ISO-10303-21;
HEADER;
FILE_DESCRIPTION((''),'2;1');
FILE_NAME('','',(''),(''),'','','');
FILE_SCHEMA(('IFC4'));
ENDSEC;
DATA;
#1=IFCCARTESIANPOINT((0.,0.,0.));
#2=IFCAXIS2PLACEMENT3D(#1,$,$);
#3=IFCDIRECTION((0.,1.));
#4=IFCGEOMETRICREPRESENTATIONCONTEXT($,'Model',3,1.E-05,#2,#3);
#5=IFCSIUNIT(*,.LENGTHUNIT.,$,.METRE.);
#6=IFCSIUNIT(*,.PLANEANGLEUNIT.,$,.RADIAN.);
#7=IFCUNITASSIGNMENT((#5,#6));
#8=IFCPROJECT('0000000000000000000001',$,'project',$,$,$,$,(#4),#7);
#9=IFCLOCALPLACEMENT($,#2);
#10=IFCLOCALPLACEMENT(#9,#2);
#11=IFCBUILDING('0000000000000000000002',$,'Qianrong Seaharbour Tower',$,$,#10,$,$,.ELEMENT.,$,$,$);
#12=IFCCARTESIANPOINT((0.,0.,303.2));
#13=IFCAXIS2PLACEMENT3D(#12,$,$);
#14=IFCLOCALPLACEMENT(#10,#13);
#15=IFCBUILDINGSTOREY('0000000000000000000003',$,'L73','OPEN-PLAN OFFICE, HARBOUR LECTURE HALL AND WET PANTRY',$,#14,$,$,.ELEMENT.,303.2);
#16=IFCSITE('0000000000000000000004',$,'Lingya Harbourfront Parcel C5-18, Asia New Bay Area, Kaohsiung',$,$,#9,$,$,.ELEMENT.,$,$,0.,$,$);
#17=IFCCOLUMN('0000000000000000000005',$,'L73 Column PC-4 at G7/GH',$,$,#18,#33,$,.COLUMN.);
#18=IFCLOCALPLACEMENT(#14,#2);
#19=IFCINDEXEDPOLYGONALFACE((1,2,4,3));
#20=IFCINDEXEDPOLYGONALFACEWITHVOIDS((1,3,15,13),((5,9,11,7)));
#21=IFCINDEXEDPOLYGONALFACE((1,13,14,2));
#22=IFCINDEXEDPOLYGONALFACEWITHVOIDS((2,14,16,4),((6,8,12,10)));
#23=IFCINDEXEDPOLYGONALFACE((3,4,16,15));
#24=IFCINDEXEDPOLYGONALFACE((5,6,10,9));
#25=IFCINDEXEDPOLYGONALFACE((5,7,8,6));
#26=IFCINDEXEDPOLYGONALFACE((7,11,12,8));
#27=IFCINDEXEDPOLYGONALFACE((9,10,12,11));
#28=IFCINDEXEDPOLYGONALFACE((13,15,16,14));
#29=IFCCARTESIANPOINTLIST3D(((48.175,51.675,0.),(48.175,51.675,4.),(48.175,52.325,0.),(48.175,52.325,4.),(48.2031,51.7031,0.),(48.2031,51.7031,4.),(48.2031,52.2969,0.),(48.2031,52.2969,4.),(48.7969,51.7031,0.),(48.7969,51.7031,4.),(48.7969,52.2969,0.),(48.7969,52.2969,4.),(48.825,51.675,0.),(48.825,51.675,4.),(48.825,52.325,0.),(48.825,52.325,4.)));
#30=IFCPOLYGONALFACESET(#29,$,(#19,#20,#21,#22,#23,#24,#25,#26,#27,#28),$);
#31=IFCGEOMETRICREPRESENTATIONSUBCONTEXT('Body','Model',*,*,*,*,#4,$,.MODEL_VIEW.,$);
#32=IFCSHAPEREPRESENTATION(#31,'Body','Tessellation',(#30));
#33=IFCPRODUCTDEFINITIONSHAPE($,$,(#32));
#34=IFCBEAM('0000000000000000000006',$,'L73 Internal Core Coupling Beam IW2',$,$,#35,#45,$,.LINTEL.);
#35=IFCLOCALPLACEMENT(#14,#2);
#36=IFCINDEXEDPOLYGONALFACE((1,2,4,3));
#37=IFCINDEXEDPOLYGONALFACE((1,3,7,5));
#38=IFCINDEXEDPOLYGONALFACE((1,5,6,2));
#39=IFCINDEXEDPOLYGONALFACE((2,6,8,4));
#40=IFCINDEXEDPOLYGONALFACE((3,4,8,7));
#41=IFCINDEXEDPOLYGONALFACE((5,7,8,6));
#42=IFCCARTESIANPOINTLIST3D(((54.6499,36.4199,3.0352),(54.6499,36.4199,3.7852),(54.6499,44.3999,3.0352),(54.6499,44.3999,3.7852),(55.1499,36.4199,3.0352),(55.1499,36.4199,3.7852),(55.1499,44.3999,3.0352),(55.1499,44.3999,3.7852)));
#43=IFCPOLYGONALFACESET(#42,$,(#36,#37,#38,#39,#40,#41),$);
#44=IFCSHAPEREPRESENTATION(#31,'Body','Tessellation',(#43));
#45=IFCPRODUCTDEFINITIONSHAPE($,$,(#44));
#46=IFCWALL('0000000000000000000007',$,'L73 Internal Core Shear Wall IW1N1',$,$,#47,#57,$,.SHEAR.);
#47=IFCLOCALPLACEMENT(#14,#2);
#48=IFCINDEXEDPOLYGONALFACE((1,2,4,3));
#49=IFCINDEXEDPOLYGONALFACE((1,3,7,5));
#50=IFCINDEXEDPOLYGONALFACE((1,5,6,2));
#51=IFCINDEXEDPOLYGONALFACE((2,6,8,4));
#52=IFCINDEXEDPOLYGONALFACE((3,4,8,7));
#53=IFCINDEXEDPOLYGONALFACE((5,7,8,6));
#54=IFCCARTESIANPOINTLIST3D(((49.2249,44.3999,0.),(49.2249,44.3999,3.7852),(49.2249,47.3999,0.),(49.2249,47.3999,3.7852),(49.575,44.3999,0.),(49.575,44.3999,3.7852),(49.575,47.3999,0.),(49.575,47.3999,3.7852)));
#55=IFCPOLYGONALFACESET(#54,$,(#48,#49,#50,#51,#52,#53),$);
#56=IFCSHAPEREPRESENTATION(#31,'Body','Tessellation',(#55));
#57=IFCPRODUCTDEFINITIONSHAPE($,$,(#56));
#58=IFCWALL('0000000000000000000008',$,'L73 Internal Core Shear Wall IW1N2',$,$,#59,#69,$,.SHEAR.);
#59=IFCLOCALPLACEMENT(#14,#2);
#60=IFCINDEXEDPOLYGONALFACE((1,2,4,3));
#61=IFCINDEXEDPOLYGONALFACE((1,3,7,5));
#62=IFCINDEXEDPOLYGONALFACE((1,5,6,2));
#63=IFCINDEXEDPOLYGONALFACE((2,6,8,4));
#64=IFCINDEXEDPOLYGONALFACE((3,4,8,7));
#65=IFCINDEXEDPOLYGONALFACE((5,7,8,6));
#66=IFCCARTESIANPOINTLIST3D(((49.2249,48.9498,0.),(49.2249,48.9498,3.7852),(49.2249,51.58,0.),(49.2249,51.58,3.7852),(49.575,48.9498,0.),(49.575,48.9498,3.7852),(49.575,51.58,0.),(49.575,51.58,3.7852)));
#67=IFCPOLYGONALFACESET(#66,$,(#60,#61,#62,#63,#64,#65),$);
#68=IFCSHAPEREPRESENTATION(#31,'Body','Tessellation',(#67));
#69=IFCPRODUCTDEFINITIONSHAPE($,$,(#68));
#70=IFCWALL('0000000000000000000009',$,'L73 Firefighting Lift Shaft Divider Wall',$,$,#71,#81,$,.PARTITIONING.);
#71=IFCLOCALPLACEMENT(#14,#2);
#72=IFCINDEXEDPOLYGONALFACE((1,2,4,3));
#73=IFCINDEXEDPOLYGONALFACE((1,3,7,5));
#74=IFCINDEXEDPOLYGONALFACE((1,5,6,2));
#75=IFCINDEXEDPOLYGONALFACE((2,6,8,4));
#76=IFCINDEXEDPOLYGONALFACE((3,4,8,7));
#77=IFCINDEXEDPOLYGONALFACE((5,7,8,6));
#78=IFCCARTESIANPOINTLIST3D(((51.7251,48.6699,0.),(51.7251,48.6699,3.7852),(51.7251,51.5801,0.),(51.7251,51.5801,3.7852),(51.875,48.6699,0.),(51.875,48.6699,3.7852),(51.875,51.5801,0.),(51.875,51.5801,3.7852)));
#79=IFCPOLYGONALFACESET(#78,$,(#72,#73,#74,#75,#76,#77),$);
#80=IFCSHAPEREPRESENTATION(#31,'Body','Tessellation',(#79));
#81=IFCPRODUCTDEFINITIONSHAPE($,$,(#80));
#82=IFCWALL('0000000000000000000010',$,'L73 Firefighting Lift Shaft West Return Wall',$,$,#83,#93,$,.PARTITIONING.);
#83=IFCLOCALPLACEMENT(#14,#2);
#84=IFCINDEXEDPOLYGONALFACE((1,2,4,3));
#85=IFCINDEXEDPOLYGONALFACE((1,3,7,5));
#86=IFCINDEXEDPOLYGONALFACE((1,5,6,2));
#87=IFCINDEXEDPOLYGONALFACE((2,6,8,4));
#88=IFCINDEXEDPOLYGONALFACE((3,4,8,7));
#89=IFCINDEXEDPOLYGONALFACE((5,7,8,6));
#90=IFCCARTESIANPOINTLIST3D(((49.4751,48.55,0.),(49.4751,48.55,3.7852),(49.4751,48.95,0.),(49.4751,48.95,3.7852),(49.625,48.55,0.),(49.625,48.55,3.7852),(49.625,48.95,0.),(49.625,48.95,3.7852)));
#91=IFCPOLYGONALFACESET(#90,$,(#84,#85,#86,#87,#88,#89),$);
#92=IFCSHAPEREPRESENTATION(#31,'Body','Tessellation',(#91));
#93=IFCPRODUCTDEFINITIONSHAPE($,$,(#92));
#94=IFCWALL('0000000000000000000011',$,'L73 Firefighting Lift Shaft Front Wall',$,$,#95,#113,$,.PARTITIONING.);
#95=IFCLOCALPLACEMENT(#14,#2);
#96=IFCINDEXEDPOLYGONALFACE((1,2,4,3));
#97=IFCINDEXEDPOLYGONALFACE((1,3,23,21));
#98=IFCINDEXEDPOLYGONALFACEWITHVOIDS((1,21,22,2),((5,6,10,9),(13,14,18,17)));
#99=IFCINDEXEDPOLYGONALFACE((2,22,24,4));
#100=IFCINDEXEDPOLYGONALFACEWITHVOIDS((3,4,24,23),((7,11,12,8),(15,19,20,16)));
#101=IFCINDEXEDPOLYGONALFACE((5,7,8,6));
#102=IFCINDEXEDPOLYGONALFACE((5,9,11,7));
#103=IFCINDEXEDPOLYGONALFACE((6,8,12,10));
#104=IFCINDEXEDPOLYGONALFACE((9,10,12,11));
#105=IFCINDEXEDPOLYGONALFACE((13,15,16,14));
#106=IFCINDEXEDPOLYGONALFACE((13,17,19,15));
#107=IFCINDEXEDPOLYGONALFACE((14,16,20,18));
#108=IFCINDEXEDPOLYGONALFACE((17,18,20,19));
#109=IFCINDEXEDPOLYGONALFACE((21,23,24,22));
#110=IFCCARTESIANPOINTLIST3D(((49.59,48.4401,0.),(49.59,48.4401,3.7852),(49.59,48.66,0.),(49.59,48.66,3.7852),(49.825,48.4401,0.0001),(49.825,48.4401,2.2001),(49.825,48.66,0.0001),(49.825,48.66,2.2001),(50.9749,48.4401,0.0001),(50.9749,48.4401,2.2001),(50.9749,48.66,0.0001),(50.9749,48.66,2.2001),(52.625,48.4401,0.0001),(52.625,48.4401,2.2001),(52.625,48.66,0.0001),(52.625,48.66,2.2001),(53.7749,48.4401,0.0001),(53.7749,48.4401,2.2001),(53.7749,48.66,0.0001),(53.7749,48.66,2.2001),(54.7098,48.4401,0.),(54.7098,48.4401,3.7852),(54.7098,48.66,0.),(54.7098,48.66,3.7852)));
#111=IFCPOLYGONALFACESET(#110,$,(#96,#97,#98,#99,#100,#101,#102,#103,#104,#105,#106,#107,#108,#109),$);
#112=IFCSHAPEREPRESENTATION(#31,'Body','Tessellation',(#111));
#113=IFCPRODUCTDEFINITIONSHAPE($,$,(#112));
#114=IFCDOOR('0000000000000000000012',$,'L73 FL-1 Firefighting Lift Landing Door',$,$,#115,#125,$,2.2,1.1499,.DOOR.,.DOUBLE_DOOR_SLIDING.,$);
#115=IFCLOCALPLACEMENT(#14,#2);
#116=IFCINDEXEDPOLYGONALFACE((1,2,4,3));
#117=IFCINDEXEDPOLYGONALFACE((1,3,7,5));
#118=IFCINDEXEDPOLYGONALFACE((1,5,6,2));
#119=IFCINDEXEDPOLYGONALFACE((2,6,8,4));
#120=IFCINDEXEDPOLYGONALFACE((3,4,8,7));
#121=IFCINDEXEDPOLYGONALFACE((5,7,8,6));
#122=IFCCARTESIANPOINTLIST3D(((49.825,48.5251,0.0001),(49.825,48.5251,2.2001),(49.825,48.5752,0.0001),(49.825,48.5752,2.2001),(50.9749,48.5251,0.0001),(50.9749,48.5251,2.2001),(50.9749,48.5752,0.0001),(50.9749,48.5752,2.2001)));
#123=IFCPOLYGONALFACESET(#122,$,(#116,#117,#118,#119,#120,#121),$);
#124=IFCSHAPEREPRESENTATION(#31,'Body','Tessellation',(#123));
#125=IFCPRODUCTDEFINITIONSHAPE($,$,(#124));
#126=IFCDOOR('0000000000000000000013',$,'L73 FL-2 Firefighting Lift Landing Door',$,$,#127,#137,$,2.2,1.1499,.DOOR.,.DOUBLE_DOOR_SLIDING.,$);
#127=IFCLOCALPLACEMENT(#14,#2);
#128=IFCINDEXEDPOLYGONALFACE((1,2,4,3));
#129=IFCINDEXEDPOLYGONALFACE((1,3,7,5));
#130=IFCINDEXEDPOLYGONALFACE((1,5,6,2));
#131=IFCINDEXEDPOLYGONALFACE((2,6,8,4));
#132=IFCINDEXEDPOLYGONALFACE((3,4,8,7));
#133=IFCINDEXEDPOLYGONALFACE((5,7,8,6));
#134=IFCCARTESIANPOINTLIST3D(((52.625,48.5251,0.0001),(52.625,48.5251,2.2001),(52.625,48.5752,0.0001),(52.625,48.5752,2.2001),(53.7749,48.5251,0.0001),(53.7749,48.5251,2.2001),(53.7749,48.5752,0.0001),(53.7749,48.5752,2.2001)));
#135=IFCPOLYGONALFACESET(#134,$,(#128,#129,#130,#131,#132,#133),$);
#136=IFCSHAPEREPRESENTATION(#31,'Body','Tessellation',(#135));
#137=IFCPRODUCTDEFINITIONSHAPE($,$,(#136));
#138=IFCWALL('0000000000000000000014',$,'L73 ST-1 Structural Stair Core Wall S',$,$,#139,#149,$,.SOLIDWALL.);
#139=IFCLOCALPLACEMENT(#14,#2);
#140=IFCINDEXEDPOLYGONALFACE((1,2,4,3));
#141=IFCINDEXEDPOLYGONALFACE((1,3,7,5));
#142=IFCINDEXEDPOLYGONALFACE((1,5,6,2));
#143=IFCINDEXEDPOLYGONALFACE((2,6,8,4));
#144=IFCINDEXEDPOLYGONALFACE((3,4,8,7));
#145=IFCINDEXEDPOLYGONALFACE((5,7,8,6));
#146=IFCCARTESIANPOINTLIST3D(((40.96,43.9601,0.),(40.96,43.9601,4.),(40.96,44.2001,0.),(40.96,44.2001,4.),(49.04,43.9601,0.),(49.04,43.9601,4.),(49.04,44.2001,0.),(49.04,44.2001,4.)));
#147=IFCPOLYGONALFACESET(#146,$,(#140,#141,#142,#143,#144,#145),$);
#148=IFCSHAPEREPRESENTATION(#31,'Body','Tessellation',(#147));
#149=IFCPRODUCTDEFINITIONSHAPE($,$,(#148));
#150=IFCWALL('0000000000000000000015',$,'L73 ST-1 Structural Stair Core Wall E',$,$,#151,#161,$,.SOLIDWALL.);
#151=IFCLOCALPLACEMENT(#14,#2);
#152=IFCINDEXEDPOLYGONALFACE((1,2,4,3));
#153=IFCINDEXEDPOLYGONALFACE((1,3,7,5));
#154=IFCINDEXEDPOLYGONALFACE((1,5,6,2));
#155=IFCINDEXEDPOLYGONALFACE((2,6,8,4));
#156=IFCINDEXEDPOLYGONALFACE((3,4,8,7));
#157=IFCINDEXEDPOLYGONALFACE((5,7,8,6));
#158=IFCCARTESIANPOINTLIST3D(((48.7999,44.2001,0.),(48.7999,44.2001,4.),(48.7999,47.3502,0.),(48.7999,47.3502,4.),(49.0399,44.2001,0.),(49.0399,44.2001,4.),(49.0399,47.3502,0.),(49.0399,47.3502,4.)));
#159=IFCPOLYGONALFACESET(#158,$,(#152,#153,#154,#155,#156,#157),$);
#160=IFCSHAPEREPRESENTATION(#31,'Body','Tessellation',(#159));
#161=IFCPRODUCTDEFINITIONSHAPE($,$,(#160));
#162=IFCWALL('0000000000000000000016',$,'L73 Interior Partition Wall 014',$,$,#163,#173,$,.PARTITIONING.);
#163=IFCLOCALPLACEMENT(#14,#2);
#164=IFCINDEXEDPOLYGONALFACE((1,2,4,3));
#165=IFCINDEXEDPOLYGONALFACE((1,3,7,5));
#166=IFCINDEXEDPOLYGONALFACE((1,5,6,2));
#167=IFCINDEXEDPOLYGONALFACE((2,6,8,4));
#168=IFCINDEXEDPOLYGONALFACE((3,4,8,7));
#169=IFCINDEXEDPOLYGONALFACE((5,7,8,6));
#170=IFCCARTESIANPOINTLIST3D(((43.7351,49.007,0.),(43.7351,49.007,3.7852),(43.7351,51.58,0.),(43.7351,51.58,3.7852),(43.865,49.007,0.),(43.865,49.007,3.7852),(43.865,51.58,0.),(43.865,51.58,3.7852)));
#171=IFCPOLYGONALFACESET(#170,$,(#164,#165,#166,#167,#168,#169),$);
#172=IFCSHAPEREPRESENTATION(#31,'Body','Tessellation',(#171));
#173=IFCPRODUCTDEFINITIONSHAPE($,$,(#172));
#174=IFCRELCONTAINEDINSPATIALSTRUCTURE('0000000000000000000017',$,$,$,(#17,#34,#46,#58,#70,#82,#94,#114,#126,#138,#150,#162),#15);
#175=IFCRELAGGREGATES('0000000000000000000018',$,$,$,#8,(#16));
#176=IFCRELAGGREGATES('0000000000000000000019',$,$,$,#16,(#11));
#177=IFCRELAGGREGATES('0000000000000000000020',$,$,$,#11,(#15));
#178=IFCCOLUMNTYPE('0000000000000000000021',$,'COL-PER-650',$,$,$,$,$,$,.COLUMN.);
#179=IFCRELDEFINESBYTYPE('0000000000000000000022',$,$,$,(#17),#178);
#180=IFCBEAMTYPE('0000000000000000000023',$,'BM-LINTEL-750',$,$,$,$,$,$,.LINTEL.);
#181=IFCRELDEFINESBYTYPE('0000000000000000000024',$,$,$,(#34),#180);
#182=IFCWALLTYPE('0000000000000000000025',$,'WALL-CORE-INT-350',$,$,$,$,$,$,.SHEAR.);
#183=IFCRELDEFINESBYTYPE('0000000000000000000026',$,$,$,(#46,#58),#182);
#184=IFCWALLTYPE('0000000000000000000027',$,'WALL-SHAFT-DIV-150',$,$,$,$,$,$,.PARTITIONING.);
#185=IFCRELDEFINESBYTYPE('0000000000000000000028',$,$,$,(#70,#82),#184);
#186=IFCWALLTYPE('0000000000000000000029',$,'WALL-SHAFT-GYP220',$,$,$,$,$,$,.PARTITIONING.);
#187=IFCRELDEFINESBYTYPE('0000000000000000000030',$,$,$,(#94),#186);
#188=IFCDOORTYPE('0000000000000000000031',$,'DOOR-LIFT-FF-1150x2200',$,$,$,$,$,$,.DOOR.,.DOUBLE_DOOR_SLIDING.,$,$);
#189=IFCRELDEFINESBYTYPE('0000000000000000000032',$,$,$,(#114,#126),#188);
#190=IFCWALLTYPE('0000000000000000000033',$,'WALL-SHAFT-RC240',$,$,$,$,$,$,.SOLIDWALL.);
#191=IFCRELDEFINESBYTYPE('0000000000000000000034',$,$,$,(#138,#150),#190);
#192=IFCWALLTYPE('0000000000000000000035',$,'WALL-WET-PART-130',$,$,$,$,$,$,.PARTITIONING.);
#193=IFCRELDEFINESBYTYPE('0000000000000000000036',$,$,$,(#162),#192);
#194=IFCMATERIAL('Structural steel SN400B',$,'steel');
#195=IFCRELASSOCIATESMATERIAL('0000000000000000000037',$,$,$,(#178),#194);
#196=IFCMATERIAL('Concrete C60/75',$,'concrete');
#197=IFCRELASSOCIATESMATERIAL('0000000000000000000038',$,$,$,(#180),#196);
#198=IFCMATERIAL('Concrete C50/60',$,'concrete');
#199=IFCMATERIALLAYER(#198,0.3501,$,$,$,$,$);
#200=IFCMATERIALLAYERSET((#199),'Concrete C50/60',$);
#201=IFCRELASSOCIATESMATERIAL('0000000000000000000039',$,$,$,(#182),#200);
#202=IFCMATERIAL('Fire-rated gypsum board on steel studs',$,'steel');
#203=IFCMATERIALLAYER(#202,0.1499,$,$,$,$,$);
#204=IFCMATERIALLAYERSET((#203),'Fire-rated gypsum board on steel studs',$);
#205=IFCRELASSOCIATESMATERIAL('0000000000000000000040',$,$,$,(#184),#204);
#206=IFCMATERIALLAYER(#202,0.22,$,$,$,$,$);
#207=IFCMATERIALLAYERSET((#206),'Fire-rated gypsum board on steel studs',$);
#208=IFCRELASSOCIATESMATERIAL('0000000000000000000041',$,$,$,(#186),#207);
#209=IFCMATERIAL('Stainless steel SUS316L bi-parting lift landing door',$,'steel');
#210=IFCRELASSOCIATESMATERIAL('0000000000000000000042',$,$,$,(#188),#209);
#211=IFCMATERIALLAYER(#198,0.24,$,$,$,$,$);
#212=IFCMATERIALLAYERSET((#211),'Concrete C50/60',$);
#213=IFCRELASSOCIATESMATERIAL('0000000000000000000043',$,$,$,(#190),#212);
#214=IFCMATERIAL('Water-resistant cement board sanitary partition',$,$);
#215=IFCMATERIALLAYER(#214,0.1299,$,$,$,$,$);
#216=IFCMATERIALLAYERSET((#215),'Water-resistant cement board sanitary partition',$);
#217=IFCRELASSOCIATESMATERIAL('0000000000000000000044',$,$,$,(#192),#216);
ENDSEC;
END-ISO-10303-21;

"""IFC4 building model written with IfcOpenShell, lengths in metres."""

from ifc_helpers import new_model, si_unit, direction, frame, frame_2d, origin, origin_2d, place, context, subcontext, project, spatial, rectangle, hollow_rectangle, extrude, material, layer, layer_set, material_profile, profile_set, type_object, element, fill, save


model = new_model("IFC4")

# Units and contexts
model_context = context("Model", 3, precision=1e-05, world=origin(), true_north=direction((0.0, 1.0)))
body_context = subcontext(model_context, "Body", "Model", "MODEL_VIEW")
ifc_project = project(units=[si_unit("LENGTHUNIT", "METRE"), si_unit("PLANEANGLEUNIT", "RADIAN")], contexts=[model_context])

# Site, building, storey
site_placement = place(None, origin())
site = spatial("IfcSite", under=ifc_project, at=site_placement, Name="Lingya Harbourfront Parcel C5-18, Asia New Bay Area, Kaohsiung", CompositionType="ELEMENT", RefElevation=0.0)
building_placement = place(site_placement, origin())
building = spatial("IfcBuilding", under=site, at=building_placement, Name="Qianrong Seaharbour Tower", CompositionType="ELEMENT")
storey_placement = place(building_placement, frame((0.0, 0.0, 303.2)))
storey = spatial("IfcBuildingStorey", under=building, at=storey_placement, Name="L73", Description="OPEN-PLAN OFFICE, HARBOUR LECTURE HALL AND WET PANTRY", CompositionType="ELEMENT", Elevation=303.2)

# Column
ifc_material_1 = material(Name="Structural steel SN400B", Category="steel")
ifc_material_profile_1 = material_profile(ifc_material_1, hollow_rectangle(XDim=0.6499, YDim=0.6499, WallThickness=0.0281, at=origin_2d()), Name="BOX650x650x28")
ifc_profile_set_1 = profile_set([ifc_material_profile_1], Name="Structural steel SN400B")
column_type = type_object("IfcColumnType", Name="COL-PER-650", PredefinedType="COLUMN", material=ifc_profile_set_1)
column_placement = place(storey_placement, frame((48.5, 52.0, 0.0), z_axis=(0.0, 0.0, 1.0), x_axis=(1.0, 0.0, 0.0)))
element("IfcColumn", 1, at=column_placement, inside=storey, type_object=column_type, Name="L73 Column PC-4 at G7/GH", PredefinedType="COLUMN", context=body_context, shape_type="SweptSolid", body=[
    extrude(hollow_rectangle(XDim=0.6499, YDim=0.6499, WallThickness=0.0281, at=origin_2d()), origin(), (0.0, 0.0, 1.0), 4.0),
])

# Beam
ifc_material_2 = material(Name="Concrete C60/75", Category="concrete")
ifc_material_profile_2 = material_profile(ifc_material_2, rectangle(XDim=0.5, YDim=0.75, at=origin_2d()), Name="RC500x750")
ifc_profile_set_2 = profile_set([ifc_material_profile_2], Name="Concrete C60/75")
beam_type = type_object("IfcBeamType", Name="BM-LINTEL-750", PredefinedType="LINTEL", material=ifc_profile_set_2)
beam_placement = place(storey_placement, frame((54.8999, 36.4199, 3.4102), z_axis=(0.0, 1.0, 0.0), x_axis=(-1.0, 0.0, 0.0)))
element("IfcBeam", 2, at=beam_placement, inside=storey, type_object=beam_type, Name="L73 Internal Core Coupling Beam IW2", PredefinedType="LINTEL", context=body_context, shape_type="SweptSolid", body=[
    extrude(rectangle(XDim=0.5, YDim=0.75, at=origin_2d()), origin(), (0.0, 0.0, 1.0), 7.98),
])

# Walls
ifc_material_3 = material(Name="Concrete C50/60", Category="concrete")
ifc_layer_1 = layer(ifc_material_3, 0.3501)
ifc_layer_set_1 = layer_set([ifc_layer_1], Name="Concrete C50/60")
wall_type_1 = type_object("IfcWallType", Name="WALL-CORE-INT-350", PredefinedType="SHEAR", material=ifc_layer_set_1)
wall_1_placement = place(storey_placement, frame((49.3999, 44.3999, 0.0), z_axis=(0.0, 0.0, 1.0), x_axis=(0.0, 1.0, 0.0)))
element("IfcWall", 3, at=wall_1_placement, inside=storey, type_object=wall_type_1, Name="L73 Internal Core Shear Wall IW1N1", PredefinedType="SHEAR", context=body_context, shape_type="SweptSolid", body=[
    extrude(rectangle(XDim=3.0, YDim=0.3501, at=frame_2d((1.5, 0.0))), origin(), (0.0, 0.0, 1.0), 3.7852),
])
wall_2_placement = place(storey_placement, frame((49.3999, 48.95, 0.0), z_axis=(0.0, 0.0, 1.0), x_axis=(0.0, 1.0, 0.0)))
element("IfcWall", 4, at=wall_2_placement, inside=storey, type_object=wall_type_1, Name="L73 Internal Core Shear Wall IW1N2", PredefinedType="SHEAR", context=body_context, shape_type="SweptSolid", body=[
    extrude(rectangle(XDim=2.6301, YDim=0.3501, at=frame_2d((1.3149, 0.0))), origin(), (0.0, 0.0, 1.0), 3.7852),
])

# Walls
ifc_material_4 = material(Name="Fire-rated gypsum board on steel studs", Category="steel")
ifc_layer_2 = layer(ifc_material_4, 0.1499)
ifc_layer_set_2 = layer_set([ifc_layer_2], Name="Fire-rated gypsum board on steel studs")
wall_type_2 = type_object("IfcWallType", Name="WALL-SHAFT-DIV-150", PredefinedType="PARTITIONING", material=ifc_layer_set_2)
wall_3_placement = place(storey_placement, frame((51.8, 48.6699, 0.0), z_axis=(0.0, 0.0, 1.0), x_axis=(0.0, 1.0, 0.0)))
element("IfcWall", 5, at=wall_3_placement, inside=storey, type_object=wall_type_2, Name="L73 Firefighting Lift Shaft Divider Wall", PredefinedType="PARTITIONING", context=body_context, shape_type="SweptSolid", body=[
    extrude(rectangle(XDim=2.9102, YDim=0.1499, at=frame_2d((1.4551, 0.0))), origin(), (0.0, 0.0, 1.0), 3.7852),
])
wall_4_placement = place(storey_placement, frame((49.55, 48.55, 0.0), z_axis=(0.0, 0.0, 1.0), x_axis=(0.0, 1.0, 0.0)))
element("IfcWall", 6, at=wall_4_placement, inside=storey, type_object=wall_type_2, Name="L73 Firefighting Lift Shaft West Return Wall", PredefinedType="PARTITIONING", context=body_context, shape_type="SweptSolid", body=[
    extrude(rectangle(XDim=0.3999, YDim=0.1499, at=frame_2d((0.2, 0.0))), origin(), (0.0, 0.0, 1.0), 3.7852),
])

# Wall, openings, doors
ifc_layer_3 = layer(ifc_material_4, 0.22)
ifc_layer_set_3 = layer_set([ifc_layer_3], Name="Fire-rated gypsum board on steel studs")
wall_type_3 = type_object("IfcWallType", Name="WALL-SHAFT-GYP220", PredefinedType="PARTITIONING", material=ifc_layer_set_3)
wall_5_placement = place(storey_placement, frame((54.71, 48.55, 0.0), z_axis=(0.0, 0.0, 1.0), x_axis=(-1.0, 0.0, 0.0)))
wall_5 = element("IfcWall", 7, at=wall_5_placement, inside=storey, type_object=wall_type_3, Name="L73 Firefighting Lift Shaft Front Wall", PredefinedType="PARTITIONING", context=body_context, shape_type="SweptSolid", body=[
    extrude(rectangle(XDim=5.1199, YDim=0.22, at=frame_2d((2.5601, 0.0))), origin(), (0.0, 0.0, 1.0), 3.7852),
])
opening_1_placement = place(wall_5_placement, frame((3.7351, 0.0, 0.0)))
opening_1 = element("IfcOpeningElement", 8, at=opening_1_placement, cuts=wall_5, PredefinedType="OPENING", context=body_context, shape_type="SweptSolid", body=[
    extrude(rectangle(XDim=1.1499, YDim=2.2, at=frame_2d((0.575, 1.1001))), frame((0.0, 0.1201, 0.0), z_axis=(0.0, -1.0, 0.0), x_axis=(1.0, 0.0, 0.0)), (0.0, 0.0, 1.0), 0.24),
])
opening_2_placement = place(wall_5_placement, frame((0.9351, 0.0, 0.0)))
opening_2 = element("IfcOpeningElement", 9, at=opening_2_placement, cuts=wall_5, PredefinedType="OPENING", context=body_context, shape_type="SweptSolid", body=[
    extrude(rectangle(XDim=1.1499, YDim=2.2, at=frame_2d((0.575, 1.1001))), frame((0.0, 0.1201, 0.0), z_axis=(0.0, -1.0, 0.0), x_axis=(1.0, 0.0, 0.0)), (0.0, 0.0, 1.0), 0.24),
])
ifc_material_5 = material(Name="Stainless steel SUS316L bi-parting lift landing door", Category="steel")
door_type_1 = type_object("IfcDoorType", Name="DOOR-LIFT-FF-1150x2200", OperationType="DOUBLE_DOOR_SLIDING", PredefinedType="DOOR", material=ifc_material_5)
door_1_placement = place(opening_1_placement, origin())
door_1 = element("IfcDoor", 10, at=door_1_placement, inside=storey, type_object=door_type_1, Name="L73 FL-1 Firefighting Lift Landing Door", OperationType="DOUBLE_DOOR_SLIDING", OverallHeight=2.2, OverallWidth=1.1499, PredefinedType="DOOR", context=body_context, shape_type="SweptSolid", body=[
    extrude(rectangle(XDim=1.1499, YDim=2.2, at=frame_2d((0.575, 1.1001))), frame((0.0, 0.0249, 0.0), z_axis=(0.0, -1.0, 0.0), x_axis=(1.0, 0.0, 0.0)), (0.0, 0.0, 1.0), 0.05),
])
fill(opening_1, door_1)
door_2_placement = place(opening_2_placement, origin())
door_2 = element("IfcDoor", 11, at=door_2_placement, inside=storey, type_object=door_type_1, Name="L73 FL-2 Firefighting Lift Landing Door", OperationType="DOUBLE_DOOR_SLIDING", OverallHeight=2.2, OverallWidth=1.1499, PredefinedType="DOOR", context=body_context, shape_type="SweptSolid", body=[
    extrude(rectangle(XDim=1.1499, YDim=2.2, at=frame_2d((0.575, 1.1001))), frame((0.0, 0.0249, 0.0), z_axis=(0.0, -1.0, 0.0), x_axis=(1.0, 0.0, 0.0)), (0.0, 0.0, 1.0), 0.05),
])
fill(opening_2, door_2)

# Walls
ifc_layer_4 = layer(ifc_material_3, 0.24)
ifc_layer_set_4 = layer_set([ifc_layer_4], Name="Concrete C50/60")
wall_type_4 = type_object("IfcWallType", Name="WALL-SHAFT-RC240", PredefinedType="SOLIDWALL", material=ifc_layer_set_4)
wall_6_placement = place(storey_placement, frame((49.04, 44.0801, 0.0), z_axis=(0.0, 0.0, 1.0), x_axis=(-1.0, 0.0, 0.0)))
element("IfcWall", 12, at=wall_6_placement, inside=storey, type_object=wall_type_4, Name="L73 ST-1 Structural Stair Core Wall S", PredefinedType="SOLIDWALL", context=body_context, shape_type="SweptSolid", body=[
    extrude(rectangle(XDim=8.0801, YDim=0.24, at=frame_2d((4.04, 0.0))), origin(), (0.0, 0.0, 1.0), 4.0),
])
wall_7_placement = place(storey_placement, frame((48.9199, 44.2, 0.0), z_axis=(0.0, 0.0, 1.0), x_axis=(0.0, 1.0, 0.0)))
element("IfcWall", 13, at=wall_7_placement, inside=storey, type_object=wall_type_4, Name="L73 ST-1 Structural Stair Core Wall E", PredefinedType="SOLIDWALL", context=body_context, shape_type="SweptSolid", body=[
    extrude(rectangle(XDim=3.1501, YDim=0.24, at=frame_2d((1.5752, 0.0))), origin(), (0.0, 0.0, 1.0), 4.0),
])

# Shared definitions
ifc_material_6 = material(Name="Water-resistant cement board sanitary partition")
ifc_layer_5 = layer(ifc_material_6, 0.1299)
ifc_layer_set_5 = layer_set([ifc_layer_5], Name="Water-resistant cement board sanitary partition")
wall_type_5 = type_object("IfcWallType", Name="WALL-WET-PART-130", PredefinedType="PARTITIONING", material=ifc_layer_set_5)

# Wall
wall_8_placement = place(storey_placement, frame((43.8, 51.5801, 0.0), z_axis=(0.0, 0.0, 1.0), x_axis=(0.0, -1.0, 0.0)))
element("IfcWall", 14, at=wall_8_placement, inside=storey, type_object=wall_type_5, Name="L73 Interior Partition Wall 014", PredefinedType="PARTITIONING", context=body_context, shape_type="SweptSolid", body=[
    extrude(rectangle(XDim=2.573, YDim=0.1299, at=frame_2d((1.2866, 0.0))), origin(), (0.0, 0.0, 1.0), 3.7852),
])

save(model, "model.ifc")
